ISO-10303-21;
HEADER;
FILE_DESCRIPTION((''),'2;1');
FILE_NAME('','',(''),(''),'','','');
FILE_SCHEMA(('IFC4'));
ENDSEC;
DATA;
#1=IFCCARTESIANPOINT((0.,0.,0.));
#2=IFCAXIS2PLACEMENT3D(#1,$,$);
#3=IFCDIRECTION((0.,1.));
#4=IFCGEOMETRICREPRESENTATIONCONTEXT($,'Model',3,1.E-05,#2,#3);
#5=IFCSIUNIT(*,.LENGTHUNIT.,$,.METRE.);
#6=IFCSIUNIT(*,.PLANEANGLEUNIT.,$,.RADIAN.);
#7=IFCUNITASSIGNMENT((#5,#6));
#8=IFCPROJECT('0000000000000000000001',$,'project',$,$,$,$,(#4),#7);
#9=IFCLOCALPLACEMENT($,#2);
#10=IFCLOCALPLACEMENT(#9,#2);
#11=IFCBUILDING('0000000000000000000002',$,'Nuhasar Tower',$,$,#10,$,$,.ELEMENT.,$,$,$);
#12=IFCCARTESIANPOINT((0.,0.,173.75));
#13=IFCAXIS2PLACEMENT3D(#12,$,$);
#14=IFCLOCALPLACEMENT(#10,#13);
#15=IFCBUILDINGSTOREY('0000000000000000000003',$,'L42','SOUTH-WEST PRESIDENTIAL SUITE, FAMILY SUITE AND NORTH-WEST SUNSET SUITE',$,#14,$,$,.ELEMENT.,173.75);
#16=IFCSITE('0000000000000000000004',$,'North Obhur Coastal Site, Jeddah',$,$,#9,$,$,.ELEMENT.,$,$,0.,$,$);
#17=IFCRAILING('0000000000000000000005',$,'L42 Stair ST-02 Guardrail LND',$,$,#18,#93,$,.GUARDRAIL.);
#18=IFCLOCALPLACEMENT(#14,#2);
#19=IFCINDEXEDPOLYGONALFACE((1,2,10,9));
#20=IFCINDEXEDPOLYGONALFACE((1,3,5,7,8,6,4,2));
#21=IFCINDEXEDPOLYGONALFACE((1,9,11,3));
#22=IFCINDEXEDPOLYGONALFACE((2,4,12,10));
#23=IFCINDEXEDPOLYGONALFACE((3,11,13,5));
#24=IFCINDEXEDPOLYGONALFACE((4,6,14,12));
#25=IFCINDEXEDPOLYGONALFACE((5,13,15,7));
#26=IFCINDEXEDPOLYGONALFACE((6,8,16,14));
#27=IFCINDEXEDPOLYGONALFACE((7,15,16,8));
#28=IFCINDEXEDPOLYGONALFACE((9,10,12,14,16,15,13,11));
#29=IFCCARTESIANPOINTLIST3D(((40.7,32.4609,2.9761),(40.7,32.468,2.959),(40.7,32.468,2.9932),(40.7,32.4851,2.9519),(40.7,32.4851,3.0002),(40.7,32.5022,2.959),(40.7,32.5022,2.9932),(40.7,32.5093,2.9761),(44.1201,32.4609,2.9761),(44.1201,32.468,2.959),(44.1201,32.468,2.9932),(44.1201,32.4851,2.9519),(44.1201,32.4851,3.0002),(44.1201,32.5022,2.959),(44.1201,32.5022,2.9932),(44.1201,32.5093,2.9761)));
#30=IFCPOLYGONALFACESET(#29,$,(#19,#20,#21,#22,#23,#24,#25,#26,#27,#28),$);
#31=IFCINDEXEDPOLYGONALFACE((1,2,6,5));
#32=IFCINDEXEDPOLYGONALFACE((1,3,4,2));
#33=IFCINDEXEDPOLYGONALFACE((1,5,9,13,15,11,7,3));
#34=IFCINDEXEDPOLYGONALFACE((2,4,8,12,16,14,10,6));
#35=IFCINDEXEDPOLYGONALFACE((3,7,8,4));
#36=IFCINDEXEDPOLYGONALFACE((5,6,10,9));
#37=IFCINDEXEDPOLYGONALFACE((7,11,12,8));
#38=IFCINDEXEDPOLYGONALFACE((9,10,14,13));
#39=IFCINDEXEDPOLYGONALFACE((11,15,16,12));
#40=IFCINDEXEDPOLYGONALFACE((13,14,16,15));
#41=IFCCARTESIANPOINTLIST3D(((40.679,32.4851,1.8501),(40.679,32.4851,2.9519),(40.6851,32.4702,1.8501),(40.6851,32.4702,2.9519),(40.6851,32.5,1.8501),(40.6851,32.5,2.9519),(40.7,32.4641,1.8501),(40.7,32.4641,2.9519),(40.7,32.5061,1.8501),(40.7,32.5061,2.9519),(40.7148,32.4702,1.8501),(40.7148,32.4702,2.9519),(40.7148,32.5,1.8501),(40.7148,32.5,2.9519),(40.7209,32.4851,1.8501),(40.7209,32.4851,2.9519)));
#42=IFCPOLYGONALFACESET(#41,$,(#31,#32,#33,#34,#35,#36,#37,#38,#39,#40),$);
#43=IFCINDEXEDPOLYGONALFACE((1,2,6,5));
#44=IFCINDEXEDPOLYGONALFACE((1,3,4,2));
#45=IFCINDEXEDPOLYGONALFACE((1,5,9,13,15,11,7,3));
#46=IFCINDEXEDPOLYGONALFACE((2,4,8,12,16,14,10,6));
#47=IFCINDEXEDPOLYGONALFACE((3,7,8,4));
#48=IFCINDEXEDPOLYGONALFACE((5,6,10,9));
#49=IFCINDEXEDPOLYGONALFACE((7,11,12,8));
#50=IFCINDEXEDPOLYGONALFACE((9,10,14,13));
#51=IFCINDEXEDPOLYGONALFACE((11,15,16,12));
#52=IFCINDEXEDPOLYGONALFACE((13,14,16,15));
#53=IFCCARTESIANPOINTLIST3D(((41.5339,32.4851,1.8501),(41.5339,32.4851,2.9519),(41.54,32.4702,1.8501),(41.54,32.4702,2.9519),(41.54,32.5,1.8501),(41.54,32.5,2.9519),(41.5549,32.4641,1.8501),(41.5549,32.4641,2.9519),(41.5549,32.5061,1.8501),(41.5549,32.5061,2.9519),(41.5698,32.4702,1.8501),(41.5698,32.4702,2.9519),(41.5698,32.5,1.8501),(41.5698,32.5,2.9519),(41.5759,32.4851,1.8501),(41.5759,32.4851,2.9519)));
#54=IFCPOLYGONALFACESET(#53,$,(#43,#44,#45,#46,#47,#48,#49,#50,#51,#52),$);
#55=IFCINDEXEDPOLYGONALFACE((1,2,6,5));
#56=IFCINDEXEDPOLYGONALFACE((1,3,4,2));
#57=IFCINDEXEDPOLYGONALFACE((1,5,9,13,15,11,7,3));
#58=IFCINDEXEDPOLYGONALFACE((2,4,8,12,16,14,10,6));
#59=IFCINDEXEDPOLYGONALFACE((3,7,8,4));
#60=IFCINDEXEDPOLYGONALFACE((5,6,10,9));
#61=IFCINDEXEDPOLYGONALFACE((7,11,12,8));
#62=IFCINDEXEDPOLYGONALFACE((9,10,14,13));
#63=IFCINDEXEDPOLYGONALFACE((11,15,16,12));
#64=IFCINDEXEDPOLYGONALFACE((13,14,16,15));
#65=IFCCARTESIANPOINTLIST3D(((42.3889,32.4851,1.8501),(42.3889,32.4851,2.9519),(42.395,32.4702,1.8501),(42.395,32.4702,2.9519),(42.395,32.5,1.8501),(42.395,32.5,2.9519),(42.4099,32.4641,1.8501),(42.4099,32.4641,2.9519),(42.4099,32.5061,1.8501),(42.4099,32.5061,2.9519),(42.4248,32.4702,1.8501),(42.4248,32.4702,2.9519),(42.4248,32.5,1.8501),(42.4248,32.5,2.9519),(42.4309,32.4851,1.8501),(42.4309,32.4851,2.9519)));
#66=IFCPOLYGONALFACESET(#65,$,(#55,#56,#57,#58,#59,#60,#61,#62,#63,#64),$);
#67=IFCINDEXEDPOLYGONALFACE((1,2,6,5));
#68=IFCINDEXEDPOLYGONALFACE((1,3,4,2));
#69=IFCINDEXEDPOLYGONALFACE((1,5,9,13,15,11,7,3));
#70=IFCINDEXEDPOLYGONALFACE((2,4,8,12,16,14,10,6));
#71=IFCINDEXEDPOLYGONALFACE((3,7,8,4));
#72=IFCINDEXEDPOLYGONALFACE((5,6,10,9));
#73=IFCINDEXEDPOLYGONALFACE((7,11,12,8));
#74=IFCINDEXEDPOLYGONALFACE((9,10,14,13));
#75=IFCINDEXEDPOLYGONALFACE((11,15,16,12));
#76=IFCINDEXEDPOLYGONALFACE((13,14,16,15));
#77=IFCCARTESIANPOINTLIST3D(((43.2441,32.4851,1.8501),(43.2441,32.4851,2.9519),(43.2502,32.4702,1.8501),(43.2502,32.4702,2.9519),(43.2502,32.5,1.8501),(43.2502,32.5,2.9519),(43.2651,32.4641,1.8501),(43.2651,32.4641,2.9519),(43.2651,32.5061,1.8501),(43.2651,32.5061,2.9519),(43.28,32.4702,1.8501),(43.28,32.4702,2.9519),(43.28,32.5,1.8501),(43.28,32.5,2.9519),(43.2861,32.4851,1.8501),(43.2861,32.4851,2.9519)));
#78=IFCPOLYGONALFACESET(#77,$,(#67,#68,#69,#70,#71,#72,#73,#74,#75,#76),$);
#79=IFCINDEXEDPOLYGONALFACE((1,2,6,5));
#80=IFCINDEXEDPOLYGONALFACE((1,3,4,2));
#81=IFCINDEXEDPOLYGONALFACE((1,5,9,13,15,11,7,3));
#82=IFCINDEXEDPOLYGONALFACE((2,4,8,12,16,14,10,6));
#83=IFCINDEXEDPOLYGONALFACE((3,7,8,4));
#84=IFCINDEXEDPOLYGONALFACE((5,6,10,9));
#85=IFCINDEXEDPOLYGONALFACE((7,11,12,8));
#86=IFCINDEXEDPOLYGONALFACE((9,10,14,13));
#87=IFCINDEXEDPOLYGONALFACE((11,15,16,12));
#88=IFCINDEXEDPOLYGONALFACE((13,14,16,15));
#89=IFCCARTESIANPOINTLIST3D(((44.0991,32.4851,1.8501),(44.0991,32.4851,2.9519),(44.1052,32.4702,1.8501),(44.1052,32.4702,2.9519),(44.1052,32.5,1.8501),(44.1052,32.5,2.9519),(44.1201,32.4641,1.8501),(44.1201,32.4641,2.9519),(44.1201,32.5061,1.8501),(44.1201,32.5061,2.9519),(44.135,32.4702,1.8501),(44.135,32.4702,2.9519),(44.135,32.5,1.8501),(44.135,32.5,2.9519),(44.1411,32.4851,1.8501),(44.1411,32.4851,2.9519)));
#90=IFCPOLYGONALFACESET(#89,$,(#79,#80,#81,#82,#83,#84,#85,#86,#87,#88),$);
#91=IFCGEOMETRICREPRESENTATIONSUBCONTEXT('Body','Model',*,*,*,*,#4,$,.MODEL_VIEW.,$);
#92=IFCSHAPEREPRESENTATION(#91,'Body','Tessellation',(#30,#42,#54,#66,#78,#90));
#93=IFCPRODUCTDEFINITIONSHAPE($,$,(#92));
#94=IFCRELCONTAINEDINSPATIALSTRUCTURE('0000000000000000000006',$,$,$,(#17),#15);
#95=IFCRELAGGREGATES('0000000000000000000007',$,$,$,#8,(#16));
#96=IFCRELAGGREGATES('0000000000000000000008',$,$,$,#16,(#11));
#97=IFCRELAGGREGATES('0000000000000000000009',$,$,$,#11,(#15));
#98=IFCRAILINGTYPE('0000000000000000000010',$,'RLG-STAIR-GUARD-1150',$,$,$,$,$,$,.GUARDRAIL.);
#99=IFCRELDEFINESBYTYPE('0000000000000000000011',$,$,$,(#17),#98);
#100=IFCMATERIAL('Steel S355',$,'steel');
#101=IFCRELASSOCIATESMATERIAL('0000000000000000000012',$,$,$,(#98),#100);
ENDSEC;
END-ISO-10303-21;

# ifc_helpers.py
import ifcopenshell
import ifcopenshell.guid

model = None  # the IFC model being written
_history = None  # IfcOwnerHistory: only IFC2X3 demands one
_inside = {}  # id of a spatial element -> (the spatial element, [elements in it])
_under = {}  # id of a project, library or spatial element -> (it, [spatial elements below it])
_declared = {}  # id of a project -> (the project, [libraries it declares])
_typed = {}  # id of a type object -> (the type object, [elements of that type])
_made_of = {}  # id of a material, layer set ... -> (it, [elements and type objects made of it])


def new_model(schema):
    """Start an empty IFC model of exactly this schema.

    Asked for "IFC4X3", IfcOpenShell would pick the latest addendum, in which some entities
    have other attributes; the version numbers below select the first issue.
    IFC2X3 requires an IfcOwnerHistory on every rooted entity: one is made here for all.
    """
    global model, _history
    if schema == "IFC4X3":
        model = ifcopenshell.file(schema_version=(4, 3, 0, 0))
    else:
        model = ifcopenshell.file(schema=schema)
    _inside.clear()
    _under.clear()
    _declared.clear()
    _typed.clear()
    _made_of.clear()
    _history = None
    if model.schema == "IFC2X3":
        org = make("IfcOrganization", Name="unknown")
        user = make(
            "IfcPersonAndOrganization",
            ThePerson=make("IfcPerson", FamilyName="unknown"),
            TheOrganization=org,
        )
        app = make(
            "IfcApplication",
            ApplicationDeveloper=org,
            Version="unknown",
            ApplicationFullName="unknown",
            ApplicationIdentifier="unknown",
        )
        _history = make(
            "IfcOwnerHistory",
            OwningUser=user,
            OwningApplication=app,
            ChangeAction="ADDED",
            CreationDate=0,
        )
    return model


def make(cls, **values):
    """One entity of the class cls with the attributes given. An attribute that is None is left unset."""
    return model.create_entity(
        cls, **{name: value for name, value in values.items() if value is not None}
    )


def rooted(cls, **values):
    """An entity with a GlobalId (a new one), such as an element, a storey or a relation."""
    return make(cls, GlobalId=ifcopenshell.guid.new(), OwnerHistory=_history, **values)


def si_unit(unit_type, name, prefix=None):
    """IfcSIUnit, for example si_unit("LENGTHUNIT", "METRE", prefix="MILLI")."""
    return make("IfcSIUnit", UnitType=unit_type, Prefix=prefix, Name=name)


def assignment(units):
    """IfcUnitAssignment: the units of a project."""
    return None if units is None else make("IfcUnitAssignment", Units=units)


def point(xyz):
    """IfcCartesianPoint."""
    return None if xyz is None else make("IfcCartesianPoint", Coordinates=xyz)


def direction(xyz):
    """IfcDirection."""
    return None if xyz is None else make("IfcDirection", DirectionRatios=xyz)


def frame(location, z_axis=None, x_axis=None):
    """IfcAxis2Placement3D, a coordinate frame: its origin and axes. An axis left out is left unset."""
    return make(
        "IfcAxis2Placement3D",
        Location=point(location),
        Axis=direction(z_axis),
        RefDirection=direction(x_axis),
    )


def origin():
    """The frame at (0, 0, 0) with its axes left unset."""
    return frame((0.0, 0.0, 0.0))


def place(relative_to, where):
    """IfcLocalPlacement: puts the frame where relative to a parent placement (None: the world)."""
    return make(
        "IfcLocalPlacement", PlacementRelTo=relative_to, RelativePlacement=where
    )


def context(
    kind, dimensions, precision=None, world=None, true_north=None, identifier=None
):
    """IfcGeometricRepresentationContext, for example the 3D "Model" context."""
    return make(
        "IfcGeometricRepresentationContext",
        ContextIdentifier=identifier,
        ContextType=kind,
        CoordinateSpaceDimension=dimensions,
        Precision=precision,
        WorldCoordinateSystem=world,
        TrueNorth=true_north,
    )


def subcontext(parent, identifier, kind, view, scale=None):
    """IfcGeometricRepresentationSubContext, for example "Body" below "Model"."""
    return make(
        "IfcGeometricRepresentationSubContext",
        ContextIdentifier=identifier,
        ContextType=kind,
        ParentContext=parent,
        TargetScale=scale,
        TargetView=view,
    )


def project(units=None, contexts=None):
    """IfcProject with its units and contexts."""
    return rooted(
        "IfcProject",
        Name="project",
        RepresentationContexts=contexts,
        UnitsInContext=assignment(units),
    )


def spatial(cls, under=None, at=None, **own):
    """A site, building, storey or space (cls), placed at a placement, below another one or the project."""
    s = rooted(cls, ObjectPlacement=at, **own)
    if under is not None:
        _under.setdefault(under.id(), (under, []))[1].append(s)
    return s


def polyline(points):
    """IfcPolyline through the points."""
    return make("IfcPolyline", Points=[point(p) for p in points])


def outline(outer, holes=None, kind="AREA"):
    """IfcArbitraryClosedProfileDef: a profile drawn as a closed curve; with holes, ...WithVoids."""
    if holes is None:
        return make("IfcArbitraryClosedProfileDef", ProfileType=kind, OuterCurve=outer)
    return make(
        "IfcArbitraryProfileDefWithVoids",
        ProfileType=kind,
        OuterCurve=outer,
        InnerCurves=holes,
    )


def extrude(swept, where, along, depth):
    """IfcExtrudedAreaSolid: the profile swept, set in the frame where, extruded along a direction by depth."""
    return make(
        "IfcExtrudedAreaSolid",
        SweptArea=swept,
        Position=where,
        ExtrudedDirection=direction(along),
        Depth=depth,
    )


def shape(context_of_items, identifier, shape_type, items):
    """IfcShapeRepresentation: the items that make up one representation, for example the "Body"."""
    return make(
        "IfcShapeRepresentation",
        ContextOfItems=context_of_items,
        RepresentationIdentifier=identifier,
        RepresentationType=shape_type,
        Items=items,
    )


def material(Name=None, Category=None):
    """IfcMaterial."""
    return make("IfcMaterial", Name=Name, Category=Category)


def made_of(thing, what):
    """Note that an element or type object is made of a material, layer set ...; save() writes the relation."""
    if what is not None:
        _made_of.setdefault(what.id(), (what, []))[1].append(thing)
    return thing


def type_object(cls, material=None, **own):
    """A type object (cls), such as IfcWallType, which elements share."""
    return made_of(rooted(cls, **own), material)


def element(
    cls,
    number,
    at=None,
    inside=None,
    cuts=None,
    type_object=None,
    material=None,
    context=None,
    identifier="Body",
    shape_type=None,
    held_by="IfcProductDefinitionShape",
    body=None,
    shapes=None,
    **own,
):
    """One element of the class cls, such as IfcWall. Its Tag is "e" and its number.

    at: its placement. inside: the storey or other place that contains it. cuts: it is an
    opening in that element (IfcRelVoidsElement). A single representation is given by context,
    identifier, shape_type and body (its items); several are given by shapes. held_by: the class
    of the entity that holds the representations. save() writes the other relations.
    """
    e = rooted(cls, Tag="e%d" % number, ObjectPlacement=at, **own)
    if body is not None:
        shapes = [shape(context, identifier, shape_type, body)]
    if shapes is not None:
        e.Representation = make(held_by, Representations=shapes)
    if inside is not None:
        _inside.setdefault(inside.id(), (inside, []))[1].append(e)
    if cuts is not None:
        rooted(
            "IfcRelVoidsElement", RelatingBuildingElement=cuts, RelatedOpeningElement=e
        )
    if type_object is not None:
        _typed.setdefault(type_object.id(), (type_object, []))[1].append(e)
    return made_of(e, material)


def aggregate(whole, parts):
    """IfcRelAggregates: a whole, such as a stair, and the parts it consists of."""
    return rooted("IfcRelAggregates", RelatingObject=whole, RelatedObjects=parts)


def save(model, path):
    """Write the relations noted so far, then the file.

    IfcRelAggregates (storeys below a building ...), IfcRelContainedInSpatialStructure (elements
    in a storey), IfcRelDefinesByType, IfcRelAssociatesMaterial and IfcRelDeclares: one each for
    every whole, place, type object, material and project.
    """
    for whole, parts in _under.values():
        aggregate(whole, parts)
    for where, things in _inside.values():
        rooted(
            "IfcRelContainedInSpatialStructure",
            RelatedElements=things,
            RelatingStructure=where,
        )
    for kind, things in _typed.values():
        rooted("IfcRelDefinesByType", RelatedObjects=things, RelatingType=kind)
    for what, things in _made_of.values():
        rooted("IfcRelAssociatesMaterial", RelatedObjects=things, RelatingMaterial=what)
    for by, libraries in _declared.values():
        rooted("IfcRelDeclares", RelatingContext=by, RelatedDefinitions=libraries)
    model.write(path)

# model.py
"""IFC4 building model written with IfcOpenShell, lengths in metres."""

from ifc_helpers import new_model, si_unit, direction, frame, origin, place, context, subcontext, project, spatial, polyline, outline, extrude, material, type_object, element, save


model = new_model("IFC4")

# Units and contexts
model_context = context("Model", 3, precision=1e-05, world=origin(), true_north=direction((0.0, 1.0)))
body_context = subcontext(model_context, "Body", "Model", "MODEL_VIEW")
ifc_project = project(units=[si_unit("LENGTHUNIT", "METRE"), si_unit("PLANEANGLEUNIT", "RADIAN")], contexts=[model_context])

# Site, building, storey
site_placement = place(None, origin())
site = spatial("IfcSite", under=ifc_project, at=site_placement, Name="North Obhur Coastal Site, Jeddah", CompositionType="ELEMENT", RefElevation=0.0)
building_placement = place(site_placement, origin())
building = spatial("IfcBuilding", under=site, at=building_placement, Name="Nuhasar Tower", CompositionType="ELEMENT")
storey_placement = place(building_placement, frame((0.0, 0.0, 173.75)))
storey = spatial("IfcBuildingStorey", under=building, at=storey_placement, Name="L42", Description="SOUTH-WEST PRESIDENTIAL SUITE, FAMILY SUITE AND NORTH-WEST SUNSET SUITE", CompositionType="ELEMENT", Elevation=173.75)

# Shared definitions
ifc_material_1 = material(Name="Steel S355", Category="steel")

# Railing
railing_type_1 = type_object("IfcRailingType", Name="RLG-STAIR-GUARD-1150", PredefinedType="GUARDRAIL", material=ifc_material_1)
railing_1_placement = place(storey_placement, frame((40.7, 32.4851, 1.8501)))
element("IfcRailing", 1, at=railing_1_placement, inside=storey, type_object=railing_type_1, Name="L42 Stair ST-02 Guardrail LND", PredefinedType="GUARDRAIL", context=body_context, shape_type="SweptSolid", body=[
    extrude(outline(polyline([(0.0242, 0.0), (0.0171, 0.0171), (0.0, 0.0242), (-0.0171, 0.0171), (-0.0242, 0.0), (-0.0171, -0.0171), (0.0, -0.0242), (0.0171, -0.0171), (0.0242, 0.0)])), frame((0.0, 0.0, 1.126), z_axis=(1.0, 0.0, 0.0), x_axis=(0.0, 1.0, 0.0)), (0.0, 0.0, 1.0), 3.4202),
    extrude(outline(polyline([(0.021, 0.0), (0.0149, 0.0149), (0.0, 0.021), (-0.0149, 0.0149), (-0.021, 0.0), (-0.0149, -0.0149), (0.0, -0.021), (0.0149, -0.0149), (0.021, 0.0)])), origin(), (0.0, 0.0, 1.0), 1.1018),
    extrude(outline(polyline([(0.021, 0.0), (0.0149, 0.0149), (0.0, 0.021), (-0.0149, 0.0149), (-0.021, 0.0), (-0.0149, -0.0149), (0.0, -0.021), (0.0149, -0.0149), (0.021, 0.0)])), frame((0.855, 0.0, 0.0)), (0.0, 0.0, 1.0), 1.1018),
    extrude(outline(polyline([(0.021, 0.0), (0.0149, 0.0149), (0.0, 0.021), (-0.0149, 0.0149), (-0.021, 0.0), (-0.0149, -0.0149), (0.0, -0.021), (0.0149, -0.0149), (0.021, 0.0)])), frame((1.71, 0.0, 0.0)), (0.0, 0.0, 1.0), 1.1018),
    extrude(outline(polyline([(0.021, 0.0), (0.0149, 0.0149), (0.0, 0.021), (-0.0149, 0.0149), (-0.021, 0.0), (-0.0149, -0.0149), (0.0, -0.021), (0.0149, -0.0149), (0.021, 0.0)])), frame((2.5652, 0.0, 0.0)), (0.0, 0.0, 1.0), 1.1018),
    extrude(outline(polyline([(0.021, 0.0), (0.0149, 0.0149), (0.0, 0.021), (-0.0149, 0.0149), (-0.021, 0.0), (-0.0149, -0.0149), (0.0, -0.021), (0.0149, -0.0149), (0.021, 0.0)])), frame((3.4202, 0.0, 0.0)), (0.0, 0.0, 1.0), 1.1018),
])

save(model, "model.ifc")
